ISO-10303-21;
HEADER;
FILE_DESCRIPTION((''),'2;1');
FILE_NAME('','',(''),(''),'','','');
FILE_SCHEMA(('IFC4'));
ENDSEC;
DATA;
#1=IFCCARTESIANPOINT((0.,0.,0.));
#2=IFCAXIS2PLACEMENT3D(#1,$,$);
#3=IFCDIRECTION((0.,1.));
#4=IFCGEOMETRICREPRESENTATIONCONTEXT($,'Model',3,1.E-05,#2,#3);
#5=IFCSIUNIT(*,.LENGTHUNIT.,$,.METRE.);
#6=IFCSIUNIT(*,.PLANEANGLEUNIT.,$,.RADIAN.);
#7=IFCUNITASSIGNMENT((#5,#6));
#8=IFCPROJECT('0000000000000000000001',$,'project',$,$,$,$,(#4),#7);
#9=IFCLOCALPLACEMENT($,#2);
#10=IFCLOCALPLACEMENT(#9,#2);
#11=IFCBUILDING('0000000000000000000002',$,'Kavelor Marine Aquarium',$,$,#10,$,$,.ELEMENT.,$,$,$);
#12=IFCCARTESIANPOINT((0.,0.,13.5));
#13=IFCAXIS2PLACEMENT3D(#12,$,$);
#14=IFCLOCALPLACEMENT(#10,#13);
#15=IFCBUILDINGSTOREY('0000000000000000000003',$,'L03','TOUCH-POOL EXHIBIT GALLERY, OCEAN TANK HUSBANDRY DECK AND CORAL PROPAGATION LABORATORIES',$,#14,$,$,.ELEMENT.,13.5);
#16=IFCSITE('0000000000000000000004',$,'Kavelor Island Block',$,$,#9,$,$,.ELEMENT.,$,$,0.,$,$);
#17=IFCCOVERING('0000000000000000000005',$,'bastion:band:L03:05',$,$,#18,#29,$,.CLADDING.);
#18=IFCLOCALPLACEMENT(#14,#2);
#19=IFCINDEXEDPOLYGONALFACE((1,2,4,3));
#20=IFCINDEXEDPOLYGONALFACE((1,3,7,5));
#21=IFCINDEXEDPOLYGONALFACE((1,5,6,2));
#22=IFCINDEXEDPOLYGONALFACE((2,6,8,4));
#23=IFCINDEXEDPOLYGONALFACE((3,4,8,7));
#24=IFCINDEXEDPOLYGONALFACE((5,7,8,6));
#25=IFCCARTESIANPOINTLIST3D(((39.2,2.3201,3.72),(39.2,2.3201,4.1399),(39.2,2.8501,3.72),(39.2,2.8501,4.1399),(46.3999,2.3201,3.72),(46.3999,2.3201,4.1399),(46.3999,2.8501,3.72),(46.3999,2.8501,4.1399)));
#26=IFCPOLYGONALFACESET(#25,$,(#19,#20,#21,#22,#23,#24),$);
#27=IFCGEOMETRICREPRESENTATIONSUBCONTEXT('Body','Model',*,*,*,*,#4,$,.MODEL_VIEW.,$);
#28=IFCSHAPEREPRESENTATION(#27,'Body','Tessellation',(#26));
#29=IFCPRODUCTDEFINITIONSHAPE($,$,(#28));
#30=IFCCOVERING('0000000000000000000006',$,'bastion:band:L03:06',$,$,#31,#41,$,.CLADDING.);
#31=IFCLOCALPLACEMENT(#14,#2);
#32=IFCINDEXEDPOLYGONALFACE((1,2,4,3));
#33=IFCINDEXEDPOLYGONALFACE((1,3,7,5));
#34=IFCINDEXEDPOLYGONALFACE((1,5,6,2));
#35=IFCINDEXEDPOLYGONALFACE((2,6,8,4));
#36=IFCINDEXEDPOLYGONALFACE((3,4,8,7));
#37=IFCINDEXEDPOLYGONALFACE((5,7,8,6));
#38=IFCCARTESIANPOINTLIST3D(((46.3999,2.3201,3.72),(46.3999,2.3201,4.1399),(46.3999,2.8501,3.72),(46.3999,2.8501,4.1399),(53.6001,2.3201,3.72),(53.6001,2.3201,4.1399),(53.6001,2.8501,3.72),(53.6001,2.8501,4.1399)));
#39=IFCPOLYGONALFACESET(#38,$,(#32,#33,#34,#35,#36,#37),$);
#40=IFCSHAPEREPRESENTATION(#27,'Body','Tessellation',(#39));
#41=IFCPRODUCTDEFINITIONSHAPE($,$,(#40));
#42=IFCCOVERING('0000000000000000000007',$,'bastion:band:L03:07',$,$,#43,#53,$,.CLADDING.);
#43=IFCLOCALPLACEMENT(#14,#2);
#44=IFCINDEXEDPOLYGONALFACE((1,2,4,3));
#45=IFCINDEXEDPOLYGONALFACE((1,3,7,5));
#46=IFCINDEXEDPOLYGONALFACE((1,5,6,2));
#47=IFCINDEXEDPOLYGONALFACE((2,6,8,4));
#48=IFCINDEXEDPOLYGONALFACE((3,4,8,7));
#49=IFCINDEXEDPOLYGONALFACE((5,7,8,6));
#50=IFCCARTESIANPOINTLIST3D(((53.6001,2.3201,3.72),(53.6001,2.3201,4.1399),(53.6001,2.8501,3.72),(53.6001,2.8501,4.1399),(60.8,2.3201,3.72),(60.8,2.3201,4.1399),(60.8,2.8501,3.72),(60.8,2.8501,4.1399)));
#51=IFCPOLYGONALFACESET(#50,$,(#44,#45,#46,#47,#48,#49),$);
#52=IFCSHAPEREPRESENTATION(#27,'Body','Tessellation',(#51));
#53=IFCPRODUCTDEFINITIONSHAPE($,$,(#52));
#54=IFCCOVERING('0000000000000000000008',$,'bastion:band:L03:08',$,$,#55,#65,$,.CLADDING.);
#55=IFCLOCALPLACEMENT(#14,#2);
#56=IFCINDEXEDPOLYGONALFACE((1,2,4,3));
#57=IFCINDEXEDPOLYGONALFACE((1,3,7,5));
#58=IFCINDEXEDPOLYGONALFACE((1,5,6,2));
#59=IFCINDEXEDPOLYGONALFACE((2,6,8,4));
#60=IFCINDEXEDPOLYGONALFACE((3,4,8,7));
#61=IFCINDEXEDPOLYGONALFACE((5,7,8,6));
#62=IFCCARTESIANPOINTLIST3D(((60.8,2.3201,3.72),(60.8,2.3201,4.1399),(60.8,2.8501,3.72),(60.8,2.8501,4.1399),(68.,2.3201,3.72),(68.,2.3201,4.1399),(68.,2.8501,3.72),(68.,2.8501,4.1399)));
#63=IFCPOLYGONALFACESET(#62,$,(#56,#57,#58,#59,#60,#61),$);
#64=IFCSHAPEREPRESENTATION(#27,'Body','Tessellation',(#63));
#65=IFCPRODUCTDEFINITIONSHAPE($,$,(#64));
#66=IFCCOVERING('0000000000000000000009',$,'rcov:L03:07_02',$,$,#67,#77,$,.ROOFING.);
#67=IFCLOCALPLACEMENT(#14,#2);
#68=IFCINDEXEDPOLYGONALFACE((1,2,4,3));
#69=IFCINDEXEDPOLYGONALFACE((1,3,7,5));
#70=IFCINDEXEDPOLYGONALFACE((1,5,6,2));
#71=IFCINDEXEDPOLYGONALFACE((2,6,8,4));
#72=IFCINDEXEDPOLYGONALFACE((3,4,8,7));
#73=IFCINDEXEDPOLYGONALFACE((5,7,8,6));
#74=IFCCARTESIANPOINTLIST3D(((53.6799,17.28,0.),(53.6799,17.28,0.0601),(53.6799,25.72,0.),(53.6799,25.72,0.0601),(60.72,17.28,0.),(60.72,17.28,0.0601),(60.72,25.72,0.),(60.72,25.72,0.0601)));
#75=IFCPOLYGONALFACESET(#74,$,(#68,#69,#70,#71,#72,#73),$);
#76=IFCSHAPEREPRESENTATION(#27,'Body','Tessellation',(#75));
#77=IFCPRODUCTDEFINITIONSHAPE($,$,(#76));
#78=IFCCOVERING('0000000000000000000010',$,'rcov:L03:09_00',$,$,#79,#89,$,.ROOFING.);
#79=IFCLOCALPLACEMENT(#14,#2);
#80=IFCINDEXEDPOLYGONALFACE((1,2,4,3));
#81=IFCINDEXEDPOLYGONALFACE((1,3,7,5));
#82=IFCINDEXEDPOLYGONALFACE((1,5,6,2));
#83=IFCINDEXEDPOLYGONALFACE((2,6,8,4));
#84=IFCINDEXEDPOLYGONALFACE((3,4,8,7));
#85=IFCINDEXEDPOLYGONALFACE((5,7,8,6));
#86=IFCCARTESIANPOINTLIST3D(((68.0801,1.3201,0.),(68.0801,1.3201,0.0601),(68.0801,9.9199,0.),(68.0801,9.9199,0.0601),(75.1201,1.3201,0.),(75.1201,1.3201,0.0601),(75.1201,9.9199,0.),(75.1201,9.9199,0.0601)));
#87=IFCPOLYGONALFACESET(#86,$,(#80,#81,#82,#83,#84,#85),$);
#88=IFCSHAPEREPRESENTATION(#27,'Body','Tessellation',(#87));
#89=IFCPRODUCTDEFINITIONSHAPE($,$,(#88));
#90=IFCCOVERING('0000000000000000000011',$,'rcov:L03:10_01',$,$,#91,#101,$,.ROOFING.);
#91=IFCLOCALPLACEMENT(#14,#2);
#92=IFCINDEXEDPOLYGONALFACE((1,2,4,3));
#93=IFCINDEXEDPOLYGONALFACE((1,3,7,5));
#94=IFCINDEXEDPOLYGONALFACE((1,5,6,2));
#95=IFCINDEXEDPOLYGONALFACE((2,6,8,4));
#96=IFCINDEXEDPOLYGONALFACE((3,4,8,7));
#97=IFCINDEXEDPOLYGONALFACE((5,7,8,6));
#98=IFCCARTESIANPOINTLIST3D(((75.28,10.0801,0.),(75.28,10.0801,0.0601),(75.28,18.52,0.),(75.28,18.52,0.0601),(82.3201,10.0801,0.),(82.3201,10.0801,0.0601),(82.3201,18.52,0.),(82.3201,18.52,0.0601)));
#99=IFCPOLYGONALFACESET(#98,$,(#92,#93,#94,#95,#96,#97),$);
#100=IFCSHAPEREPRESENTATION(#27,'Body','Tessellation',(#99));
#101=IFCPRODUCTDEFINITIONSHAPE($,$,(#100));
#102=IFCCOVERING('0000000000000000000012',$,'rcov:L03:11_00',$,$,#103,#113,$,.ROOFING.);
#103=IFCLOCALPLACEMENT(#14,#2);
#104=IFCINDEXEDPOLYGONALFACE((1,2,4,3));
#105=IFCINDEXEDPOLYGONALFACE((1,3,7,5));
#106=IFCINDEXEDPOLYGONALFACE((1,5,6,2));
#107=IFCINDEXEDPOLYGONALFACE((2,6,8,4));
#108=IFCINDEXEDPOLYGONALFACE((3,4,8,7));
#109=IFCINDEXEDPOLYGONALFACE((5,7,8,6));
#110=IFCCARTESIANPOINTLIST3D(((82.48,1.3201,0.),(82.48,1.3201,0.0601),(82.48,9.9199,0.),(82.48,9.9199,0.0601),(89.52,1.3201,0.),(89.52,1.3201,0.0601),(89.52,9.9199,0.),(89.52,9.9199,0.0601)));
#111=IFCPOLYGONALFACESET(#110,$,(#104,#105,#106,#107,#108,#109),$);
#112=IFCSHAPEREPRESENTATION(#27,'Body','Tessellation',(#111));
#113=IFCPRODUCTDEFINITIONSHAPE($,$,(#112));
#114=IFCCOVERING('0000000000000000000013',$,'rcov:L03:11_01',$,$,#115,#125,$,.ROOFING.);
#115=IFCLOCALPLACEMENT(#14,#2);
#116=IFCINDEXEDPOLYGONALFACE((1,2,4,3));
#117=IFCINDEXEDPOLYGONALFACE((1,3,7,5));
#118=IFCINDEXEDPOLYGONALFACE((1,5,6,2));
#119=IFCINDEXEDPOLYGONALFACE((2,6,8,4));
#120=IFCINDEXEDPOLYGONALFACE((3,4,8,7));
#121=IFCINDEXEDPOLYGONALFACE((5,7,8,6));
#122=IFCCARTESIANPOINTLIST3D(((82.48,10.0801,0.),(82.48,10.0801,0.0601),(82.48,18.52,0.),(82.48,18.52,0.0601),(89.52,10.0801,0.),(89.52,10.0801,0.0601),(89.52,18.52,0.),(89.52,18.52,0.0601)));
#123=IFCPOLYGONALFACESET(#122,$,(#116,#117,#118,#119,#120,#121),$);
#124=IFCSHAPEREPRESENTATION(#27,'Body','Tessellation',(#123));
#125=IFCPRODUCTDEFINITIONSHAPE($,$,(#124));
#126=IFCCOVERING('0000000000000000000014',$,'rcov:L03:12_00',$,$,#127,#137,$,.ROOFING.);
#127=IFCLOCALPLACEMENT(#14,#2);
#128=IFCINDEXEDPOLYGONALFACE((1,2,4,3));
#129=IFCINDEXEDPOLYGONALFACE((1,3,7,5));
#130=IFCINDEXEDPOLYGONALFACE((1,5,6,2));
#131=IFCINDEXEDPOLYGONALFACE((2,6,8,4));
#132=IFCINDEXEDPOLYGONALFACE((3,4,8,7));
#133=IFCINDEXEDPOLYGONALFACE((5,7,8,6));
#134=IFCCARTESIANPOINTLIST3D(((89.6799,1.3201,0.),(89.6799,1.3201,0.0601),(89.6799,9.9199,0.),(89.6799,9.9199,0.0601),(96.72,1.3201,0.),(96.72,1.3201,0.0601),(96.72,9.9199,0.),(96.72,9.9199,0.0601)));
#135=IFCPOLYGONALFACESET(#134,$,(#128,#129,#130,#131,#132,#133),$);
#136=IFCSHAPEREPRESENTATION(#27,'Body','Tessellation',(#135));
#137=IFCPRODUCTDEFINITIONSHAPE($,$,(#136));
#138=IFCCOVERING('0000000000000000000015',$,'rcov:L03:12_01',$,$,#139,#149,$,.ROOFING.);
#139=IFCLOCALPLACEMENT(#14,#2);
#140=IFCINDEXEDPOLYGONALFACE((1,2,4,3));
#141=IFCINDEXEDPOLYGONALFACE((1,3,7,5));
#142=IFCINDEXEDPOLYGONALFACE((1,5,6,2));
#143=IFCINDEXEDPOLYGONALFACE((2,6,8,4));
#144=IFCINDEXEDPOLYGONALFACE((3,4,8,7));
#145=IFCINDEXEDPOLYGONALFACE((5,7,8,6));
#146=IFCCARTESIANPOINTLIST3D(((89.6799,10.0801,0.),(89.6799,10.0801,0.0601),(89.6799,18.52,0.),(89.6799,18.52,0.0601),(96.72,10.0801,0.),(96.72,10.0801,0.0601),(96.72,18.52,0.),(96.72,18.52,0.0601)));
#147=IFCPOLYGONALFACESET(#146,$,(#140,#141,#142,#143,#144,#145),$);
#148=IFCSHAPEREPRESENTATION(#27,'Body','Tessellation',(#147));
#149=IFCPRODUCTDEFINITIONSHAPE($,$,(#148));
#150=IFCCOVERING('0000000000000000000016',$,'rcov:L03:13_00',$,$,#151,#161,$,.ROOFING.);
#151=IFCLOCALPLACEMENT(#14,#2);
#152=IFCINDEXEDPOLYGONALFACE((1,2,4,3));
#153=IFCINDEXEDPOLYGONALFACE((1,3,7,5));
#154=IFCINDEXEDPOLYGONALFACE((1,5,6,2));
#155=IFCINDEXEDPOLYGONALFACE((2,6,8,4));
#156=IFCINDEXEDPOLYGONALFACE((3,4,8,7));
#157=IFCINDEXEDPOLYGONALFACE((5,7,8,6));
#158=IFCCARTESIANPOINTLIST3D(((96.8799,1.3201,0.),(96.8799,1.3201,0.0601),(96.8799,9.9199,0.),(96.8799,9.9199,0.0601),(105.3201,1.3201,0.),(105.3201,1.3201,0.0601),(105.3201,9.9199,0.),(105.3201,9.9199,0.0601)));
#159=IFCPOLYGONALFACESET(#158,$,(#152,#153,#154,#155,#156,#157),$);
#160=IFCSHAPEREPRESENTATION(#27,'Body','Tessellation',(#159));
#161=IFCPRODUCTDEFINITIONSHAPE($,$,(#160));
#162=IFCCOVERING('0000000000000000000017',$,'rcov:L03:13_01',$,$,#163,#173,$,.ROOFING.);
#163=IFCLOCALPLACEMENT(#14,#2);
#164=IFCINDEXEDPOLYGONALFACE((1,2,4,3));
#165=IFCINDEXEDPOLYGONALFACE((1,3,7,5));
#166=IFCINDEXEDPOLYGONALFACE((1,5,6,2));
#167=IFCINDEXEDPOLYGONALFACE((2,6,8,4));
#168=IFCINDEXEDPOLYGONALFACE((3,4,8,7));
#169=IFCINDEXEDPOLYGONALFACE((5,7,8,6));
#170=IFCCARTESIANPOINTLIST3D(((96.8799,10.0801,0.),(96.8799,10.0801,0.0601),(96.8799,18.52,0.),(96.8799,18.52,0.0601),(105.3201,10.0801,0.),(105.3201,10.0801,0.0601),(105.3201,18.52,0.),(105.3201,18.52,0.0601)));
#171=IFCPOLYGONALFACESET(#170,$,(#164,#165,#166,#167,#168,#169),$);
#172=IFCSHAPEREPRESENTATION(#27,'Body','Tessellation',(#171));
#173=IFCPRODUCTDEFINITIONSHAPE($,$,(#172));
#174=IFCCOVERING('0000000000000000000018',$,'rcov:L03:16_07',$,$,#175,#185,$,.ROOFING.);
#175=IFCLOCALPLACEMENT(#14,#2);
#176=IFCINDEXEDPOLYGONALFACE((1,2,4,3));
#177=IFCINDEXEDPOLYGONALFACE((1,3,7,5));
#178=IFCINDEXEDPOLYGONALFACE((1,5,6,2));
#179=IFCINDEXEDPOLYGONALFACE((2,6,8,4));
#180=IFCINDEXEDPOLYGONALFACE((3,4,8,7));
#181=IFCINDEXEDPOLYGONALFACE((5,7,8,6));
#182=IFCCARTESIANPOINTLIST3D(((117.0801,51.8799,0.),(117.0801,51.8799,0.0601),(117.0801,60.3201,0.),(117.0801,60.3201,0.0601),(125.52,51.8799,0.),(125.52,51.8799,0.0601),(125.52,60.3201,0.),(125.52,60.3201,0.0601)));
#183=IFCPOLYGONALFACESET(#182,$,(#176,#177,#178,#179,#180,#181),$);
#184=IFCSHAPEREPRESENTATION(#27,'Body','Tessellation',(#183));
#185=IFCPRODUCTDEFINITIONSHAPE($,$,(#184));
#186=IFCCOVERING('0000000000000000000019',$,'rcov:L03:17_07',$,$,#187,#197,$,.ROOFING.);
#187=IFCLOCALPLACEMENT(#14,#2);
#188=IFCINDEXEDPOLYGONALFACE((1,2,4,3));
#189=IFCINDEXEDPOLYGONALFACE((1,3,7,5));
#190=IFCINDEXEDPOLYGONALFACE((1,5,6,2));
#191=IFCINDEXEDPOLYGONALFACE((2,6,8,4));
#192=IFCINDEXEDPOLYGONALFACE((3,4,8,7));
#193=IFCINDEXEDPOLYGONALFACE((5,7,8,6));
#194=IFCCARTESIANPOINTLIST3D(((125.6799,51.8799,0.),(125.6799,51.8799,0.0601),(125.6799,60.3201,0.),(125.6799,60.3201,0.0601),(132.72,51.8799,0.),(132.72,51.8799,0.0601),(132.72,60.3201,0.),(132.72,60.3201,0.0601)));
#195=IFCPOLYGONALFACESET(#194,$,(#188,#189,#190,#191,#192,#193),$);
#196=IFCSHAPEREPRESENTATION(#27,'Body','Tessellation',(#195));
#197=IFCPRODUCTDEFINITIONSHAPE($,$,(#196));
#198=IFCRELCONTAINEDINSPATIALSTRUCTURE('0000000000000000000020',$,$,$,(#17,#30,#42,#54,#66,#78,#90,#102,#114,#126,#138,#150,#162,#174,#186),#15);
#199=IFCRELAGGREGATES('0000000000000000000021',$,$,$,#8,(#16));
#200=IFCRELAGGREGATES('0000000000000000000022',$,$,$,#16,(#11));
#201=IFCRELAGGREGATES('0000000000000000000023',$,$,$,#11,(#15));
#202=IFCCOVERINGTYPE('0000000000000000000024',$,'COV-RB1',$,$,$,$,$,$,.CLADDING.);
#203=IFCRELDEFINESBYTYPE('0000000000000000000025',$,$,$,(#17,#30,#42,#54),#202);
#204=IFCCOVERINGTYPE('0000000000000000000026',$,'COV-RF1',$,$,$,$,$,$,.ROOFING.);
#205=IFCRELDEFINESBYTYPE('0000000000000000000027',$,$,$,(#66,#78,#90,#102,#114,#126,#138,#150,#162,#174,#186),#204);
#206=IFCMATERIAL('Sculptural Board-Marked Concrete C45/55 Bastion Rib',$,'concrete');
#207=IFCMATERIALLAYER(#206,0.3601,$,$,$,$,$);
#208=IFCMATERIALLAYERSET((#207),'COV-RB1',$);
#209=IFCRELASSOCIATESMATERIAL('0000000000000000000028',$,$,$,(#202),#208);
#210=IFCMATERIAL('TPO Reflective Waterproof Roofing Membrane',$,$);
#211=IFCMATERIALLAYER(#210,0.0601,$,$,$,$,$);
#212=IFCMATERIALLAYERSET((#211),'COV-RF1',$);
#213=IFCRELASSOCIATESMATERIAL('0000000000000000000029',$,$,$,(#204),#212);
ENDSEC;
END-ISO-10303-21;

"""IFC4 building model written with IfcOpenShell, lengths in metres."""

from ifc_helpers import new_model, si_unit, direction, frame, origin, place, context, subcontext, project, spatial, polyline, outline, extrude, material, layer, layer_set, type_object, element, save


model = new_model("IFC4")

# Units and contexts
model_context = context("Model", 3, precision=1e-05, world=origin(), true_north=direction((0.0, 1.0)))
body_context = subcontext(model_context, "Body", "Model", "MODEL_VIEW")
ifc_project = project(units=[si_unit("LENGTHUNIT", "METRE"), si_unit("PLANEANGLEUNIT", "RADIAN")], contexts=[model_context])

# Site, building, storey
site_placement = place(None, origin())
site = spatial("IfcSite", under=ifc_project, at=site_placement, Name="Kavelor Island Block", CompositionType="ELEMENT", RefElevation=0.0)
building_placement = place(site_placement, origin())
building = spatial("IfcBuilding", under=site, at=building_placement, Name="Kavelor Marine Aquarium", CompositionType="ELEMENT")
storey_placement = place(building_placement, frame((0.0, 0.0, 13.5)))
storey = spatial("IfcBuildingStorey", under=building, at=storey_placement, Name="L03", Description="TOUCH-POOL EXHIBIT GALLERY, OCEAN TANK HUSBANDRY DECK AND CORAL PROPAGATION LABORATORIES", CompositionType="ELEMENT", Elevation=13.5)

# Coverings
ifc_material_1 = material(Name="Sculptural Board-Marked Concrete C45/55 Bastion Rib", Category="concrete")
ifc_layer_1 = layer(ifc_material_1, 0.3601)
ifc_layer_set_1 = layer_set([ifc_layer_1], Name="COV-RB1")
covering_type_1 = type_object("IfcCoveringType", Name="COV-RB1", PredefinedType="CLADDING", material=ifc_layer_set_1)
covering_1_placement = place(storey_placement, frame((0.0, 0.0, 3.72)))
element("IfcCovering", 1, at=covering_1_placement, inside=storey, type_object=covering_type_1, Name="bastion:band:L03:05", PredefinedType="CLADDING", context=body_context, shape_type="SweptSolid", body=[
    extrude(outline(polyline([(39.2, 2.3201), (46.3999, 2.3201), (46.3999, 2.8501), (39.2, 2.8501), (39.2, 2.3201)])), origin(), (0.0, 0.0, 1.0), 0.4199),
])
covering_2_placement = place(storey_placement, frame((0.0, 0.0, 3.72)))
element("IfcCovering", 2, at=covering_2_placement, inside=storey, type_object=covering_type_1, Name="bastion:band:L03:06", PredefinedType="CLADDING", context=body_context, shape_type="SweptSolid", body=[
    extrude(outline(polyline([(46.3999, 2.3201), (53.6001, 2.3201), (53.6001, 2.8501), (46.3999, 2.8501), (46.3999, 2.3201)])), origin(), (0.0, 0.0, 1.0), 0.4199),
])
covering_3_placement = place(storey_placement, frame((0.0, 0.0, 3.72)))
element("IfcCovering", 3, at=covering_3_placement, inside=storey, type_object=covering_type_1, Name="bastion:band:L03:07", PredefinedType="CLADDING", context=body_context, shape_type="SweptSolid", body=[
    extrude(outline(polyline([(53.6001, 2.3201), (60.8, 2.3201), (60.8, 2.8501), (53.6001, 2.8501), (53.6001, 2.3201)])), origin(), (0.0, 0.0, 1.0), 0.4199),
])
covering_4_placement = place(storey_placement, frame((0.0, 0.0, 3.72)))
element("IfcCovering", 4, at=covering_4_placement, inside=storey, type_object=covering_type_1, Name="bastion:band:L03:08", PredefinedType="CLADDING", context=body_context, shape_type="SweptSolid", body=[
    extrude(outline(polyline([(60.8, 2.3201), (68.0, 2.3201), (68.0, 2.8501), (60.8, 2.8501), (60.8, 2.3201)])), origin(), (0.0, 0.0, 1.0), 0.4199),
])
ifc_material_2 = material(Name="TPO Reflective Waterproof Roofing Membrane")
ifc_layer_2 = layer(ifc_material_2, 0.0601)
ifc_layer_set_2 = layer_set([ifc_layer_2], Name="COV-RF1")
covering_type_2 = type_object("IfcCoveringType", Name="COV-RF1", PredefinedType="ROOFING", material=ifc_layer_set_2)
covering_5_placement = place(storey_placement, origin())
element("IfcCovering", 5, at=covering_5_placement, inside=storey, type_object=covering_type_2, Name="rcov:L03:07_02", PredefinedType="ROOFING", context=body_context, shape_type="SweptSolid", body=[
    extrude(outline(polyline([(53.6799, 17.28), (60.72, 17.28), (60.72, 25.72), (53.6799, 25.72), (53.6799, 17.28)])), origin(), (0.0, 0.0, 1.0), 0.0601),
])
covering_6_placement = place(storey_placement, origin())
element("IfcCovering", 6, at=covering_6_placement, inside=storey, type_object=covering_type_2, Name="rcov:L03:09_00", PredefinedType="ROOFING", context=body_context, shape_type="SweptSolid", body=[
    extrude(outline(polyline([(68.0801, 1.3201), (75.1201, 1.3201), (75.1201, 9.9199), (68.0801, 9.9199), (68.0801, 1.3201)])), origin(), (0.0, 0.0, 1.0), 0.0601),
])
covering_7_placement = place(storey_placement, origin())
element("IfcCovering", 7, at=covering_7_placement, inside=storey, type_object=covering_type_2, Name="rcov:L03:10_01", PredefinedType="ROOFING", context=body_context, shape_type="SweptSolid", body=[
    extrude(outline(polyline([(75.28, 10.0801), (82.3201, 10.0801), (82.3201, 18.52), (75.28, 18.52), (75.28, 10.0801)])), origin(), (0.0, 0.0, 1.0), 0.0601),
])
covering_8_placement = place(storey_placement, origin())
element("IfcCovering", 8, at=covering_8_placement, inside=storey, type_object=covering_type_2, Name="rcov:L03:11_00", PredefinedType="ROOFING", context=body_context, shape_type="SweptSolid", body=[
    extrude(outline(polyline([(82.48, 1.3201), (89.52, 1.3201), (89.52, 9.9199), (82.48, 9.9199), (82.48, 1.3201)])), origin(), (0.0, 0.0, 1.0), 0.0601),
])
covering_9_placement = place(storey_placement, origin())
element("IfcCovering", 9, at=covering_9_placement, inside=storey, type_object=covering_type_2, Name="rcov:L03:11_01", PredefinedType="ROOFING", context=body_context, shape_type="SweptSolid", body=[
    extrude(outline(polyline([(82.48, 10.0801), (89.52, 10.0801), (89.52, 18.52), (82.48, 18.52), (82.48, 10.0801)])), origin(), (0.0, 0.0, 1.0), 0.0601),
])
covering_10_placement = place(storey_placement, origin())
element("IfcCovering", 10, at=covering_10_placement, inside=storey, type_object=covering_type_2, Name="rcov:L03:12_00", PredefinedType="ROOFING", context=body_context, shape_type="SweptSolid", body=[
    extrude(outline(polyline([(89.6799, 1.3201), (96.72, 1.3201), (96.72, 9.9199), (89.6799, 9.9199), (89.6799, 1.3201)])), origin(), (0.0, 0.0, 1.0), 0.0601),
])
covering_11_placement = place(storey_placement, origin())
element("IfcCovering", 11, at=covering_11_placement, inside=storey, type_object=covering_type_2, Name="rcov:L03:12_01", PredefinedType="ROOFING", context=body_context, shape_type="SweptSolid", body=[
    extrude(outline(polyline([(89.6799, 10.0801), (96.72, 10.0801), (96.72, 18.52), (89.6799, 18.52), (89.6799, 10.0801)])), origin(), (0.0, 0.0, 1.0), 0.0601),
])
covering_12_placement = place(storey_placement, origin())
element("IfcCovering", 12, at=covering_12_placement, inside=storey, type_object=covering_type_2, Name="rcov:L03:13_00", PredefinedType="ROOFING", context=body_context, shape_type="SweptSolid", body=[
    extrude(outline(polyline([(96.8799, 1.3201), (105.3201, 1.3201), (105.3201, 9.9199), (96.8799, 9.9199), (96.8799, 1.3201)])), origin(), (0.0, 0.0, 1.0), 0.0601),
])
covering_13_placement = place(storey_placement, origin())
element("IfcCovering", 13, at=covering_13_placement, inside=storey, type_object=covering_type_2, Name="rcov:L03:13_01", PredefinedType="ROOFING", context=body_context, shape_type="SweptSolid", body=[
    extrude(outline(polyline([(96.8799, 10.0801), (105.3201, 10.0801), (105.3201, 18.52), (96.8799, 18.52), (96.8799, 10.0801)])), origin(), (0.0, 0.0, 1.0), 0.0601),
])
covering_14_placement = place(storey_placement, origin())
element("IfcCovering", 14, at=covering_14_placement, inside=storey, type_object=covering_type_2, Name="rcov:L03:16_07", PredefinedType="ROOFING", context=body_context, shape_type="SweptSolid", body=[
    extrude(outline(polyline([(117.0801, 51.8799), (125.52, 51.8799), (125.52, 60.3201), (117.0801, 60.3201), (117.0801, 51.8799)])), origin(), (0.0, 0.0, 1.0), 0.0601),
])
covering_15_placement = place(storey_placement, origin())
element("IfcCovering", 15, at=covering_15_placement, inside=storey, type_object=covering_type_2, Name="rcov:L03:17_07", PredefinedType="ROOFING", context=body_context, shape_type="SweptSolid", body=[
    extrude(outline(polyline([(125.6799, 51.8799), (132.72, 51.8799), (132.72, 60.3201), (125.6799, 60.3201), (125.6799, 51.8799)])), origin(), (0.0, 0.0, 1.0), 0.0601),
])

save(model, "model.ifc")
